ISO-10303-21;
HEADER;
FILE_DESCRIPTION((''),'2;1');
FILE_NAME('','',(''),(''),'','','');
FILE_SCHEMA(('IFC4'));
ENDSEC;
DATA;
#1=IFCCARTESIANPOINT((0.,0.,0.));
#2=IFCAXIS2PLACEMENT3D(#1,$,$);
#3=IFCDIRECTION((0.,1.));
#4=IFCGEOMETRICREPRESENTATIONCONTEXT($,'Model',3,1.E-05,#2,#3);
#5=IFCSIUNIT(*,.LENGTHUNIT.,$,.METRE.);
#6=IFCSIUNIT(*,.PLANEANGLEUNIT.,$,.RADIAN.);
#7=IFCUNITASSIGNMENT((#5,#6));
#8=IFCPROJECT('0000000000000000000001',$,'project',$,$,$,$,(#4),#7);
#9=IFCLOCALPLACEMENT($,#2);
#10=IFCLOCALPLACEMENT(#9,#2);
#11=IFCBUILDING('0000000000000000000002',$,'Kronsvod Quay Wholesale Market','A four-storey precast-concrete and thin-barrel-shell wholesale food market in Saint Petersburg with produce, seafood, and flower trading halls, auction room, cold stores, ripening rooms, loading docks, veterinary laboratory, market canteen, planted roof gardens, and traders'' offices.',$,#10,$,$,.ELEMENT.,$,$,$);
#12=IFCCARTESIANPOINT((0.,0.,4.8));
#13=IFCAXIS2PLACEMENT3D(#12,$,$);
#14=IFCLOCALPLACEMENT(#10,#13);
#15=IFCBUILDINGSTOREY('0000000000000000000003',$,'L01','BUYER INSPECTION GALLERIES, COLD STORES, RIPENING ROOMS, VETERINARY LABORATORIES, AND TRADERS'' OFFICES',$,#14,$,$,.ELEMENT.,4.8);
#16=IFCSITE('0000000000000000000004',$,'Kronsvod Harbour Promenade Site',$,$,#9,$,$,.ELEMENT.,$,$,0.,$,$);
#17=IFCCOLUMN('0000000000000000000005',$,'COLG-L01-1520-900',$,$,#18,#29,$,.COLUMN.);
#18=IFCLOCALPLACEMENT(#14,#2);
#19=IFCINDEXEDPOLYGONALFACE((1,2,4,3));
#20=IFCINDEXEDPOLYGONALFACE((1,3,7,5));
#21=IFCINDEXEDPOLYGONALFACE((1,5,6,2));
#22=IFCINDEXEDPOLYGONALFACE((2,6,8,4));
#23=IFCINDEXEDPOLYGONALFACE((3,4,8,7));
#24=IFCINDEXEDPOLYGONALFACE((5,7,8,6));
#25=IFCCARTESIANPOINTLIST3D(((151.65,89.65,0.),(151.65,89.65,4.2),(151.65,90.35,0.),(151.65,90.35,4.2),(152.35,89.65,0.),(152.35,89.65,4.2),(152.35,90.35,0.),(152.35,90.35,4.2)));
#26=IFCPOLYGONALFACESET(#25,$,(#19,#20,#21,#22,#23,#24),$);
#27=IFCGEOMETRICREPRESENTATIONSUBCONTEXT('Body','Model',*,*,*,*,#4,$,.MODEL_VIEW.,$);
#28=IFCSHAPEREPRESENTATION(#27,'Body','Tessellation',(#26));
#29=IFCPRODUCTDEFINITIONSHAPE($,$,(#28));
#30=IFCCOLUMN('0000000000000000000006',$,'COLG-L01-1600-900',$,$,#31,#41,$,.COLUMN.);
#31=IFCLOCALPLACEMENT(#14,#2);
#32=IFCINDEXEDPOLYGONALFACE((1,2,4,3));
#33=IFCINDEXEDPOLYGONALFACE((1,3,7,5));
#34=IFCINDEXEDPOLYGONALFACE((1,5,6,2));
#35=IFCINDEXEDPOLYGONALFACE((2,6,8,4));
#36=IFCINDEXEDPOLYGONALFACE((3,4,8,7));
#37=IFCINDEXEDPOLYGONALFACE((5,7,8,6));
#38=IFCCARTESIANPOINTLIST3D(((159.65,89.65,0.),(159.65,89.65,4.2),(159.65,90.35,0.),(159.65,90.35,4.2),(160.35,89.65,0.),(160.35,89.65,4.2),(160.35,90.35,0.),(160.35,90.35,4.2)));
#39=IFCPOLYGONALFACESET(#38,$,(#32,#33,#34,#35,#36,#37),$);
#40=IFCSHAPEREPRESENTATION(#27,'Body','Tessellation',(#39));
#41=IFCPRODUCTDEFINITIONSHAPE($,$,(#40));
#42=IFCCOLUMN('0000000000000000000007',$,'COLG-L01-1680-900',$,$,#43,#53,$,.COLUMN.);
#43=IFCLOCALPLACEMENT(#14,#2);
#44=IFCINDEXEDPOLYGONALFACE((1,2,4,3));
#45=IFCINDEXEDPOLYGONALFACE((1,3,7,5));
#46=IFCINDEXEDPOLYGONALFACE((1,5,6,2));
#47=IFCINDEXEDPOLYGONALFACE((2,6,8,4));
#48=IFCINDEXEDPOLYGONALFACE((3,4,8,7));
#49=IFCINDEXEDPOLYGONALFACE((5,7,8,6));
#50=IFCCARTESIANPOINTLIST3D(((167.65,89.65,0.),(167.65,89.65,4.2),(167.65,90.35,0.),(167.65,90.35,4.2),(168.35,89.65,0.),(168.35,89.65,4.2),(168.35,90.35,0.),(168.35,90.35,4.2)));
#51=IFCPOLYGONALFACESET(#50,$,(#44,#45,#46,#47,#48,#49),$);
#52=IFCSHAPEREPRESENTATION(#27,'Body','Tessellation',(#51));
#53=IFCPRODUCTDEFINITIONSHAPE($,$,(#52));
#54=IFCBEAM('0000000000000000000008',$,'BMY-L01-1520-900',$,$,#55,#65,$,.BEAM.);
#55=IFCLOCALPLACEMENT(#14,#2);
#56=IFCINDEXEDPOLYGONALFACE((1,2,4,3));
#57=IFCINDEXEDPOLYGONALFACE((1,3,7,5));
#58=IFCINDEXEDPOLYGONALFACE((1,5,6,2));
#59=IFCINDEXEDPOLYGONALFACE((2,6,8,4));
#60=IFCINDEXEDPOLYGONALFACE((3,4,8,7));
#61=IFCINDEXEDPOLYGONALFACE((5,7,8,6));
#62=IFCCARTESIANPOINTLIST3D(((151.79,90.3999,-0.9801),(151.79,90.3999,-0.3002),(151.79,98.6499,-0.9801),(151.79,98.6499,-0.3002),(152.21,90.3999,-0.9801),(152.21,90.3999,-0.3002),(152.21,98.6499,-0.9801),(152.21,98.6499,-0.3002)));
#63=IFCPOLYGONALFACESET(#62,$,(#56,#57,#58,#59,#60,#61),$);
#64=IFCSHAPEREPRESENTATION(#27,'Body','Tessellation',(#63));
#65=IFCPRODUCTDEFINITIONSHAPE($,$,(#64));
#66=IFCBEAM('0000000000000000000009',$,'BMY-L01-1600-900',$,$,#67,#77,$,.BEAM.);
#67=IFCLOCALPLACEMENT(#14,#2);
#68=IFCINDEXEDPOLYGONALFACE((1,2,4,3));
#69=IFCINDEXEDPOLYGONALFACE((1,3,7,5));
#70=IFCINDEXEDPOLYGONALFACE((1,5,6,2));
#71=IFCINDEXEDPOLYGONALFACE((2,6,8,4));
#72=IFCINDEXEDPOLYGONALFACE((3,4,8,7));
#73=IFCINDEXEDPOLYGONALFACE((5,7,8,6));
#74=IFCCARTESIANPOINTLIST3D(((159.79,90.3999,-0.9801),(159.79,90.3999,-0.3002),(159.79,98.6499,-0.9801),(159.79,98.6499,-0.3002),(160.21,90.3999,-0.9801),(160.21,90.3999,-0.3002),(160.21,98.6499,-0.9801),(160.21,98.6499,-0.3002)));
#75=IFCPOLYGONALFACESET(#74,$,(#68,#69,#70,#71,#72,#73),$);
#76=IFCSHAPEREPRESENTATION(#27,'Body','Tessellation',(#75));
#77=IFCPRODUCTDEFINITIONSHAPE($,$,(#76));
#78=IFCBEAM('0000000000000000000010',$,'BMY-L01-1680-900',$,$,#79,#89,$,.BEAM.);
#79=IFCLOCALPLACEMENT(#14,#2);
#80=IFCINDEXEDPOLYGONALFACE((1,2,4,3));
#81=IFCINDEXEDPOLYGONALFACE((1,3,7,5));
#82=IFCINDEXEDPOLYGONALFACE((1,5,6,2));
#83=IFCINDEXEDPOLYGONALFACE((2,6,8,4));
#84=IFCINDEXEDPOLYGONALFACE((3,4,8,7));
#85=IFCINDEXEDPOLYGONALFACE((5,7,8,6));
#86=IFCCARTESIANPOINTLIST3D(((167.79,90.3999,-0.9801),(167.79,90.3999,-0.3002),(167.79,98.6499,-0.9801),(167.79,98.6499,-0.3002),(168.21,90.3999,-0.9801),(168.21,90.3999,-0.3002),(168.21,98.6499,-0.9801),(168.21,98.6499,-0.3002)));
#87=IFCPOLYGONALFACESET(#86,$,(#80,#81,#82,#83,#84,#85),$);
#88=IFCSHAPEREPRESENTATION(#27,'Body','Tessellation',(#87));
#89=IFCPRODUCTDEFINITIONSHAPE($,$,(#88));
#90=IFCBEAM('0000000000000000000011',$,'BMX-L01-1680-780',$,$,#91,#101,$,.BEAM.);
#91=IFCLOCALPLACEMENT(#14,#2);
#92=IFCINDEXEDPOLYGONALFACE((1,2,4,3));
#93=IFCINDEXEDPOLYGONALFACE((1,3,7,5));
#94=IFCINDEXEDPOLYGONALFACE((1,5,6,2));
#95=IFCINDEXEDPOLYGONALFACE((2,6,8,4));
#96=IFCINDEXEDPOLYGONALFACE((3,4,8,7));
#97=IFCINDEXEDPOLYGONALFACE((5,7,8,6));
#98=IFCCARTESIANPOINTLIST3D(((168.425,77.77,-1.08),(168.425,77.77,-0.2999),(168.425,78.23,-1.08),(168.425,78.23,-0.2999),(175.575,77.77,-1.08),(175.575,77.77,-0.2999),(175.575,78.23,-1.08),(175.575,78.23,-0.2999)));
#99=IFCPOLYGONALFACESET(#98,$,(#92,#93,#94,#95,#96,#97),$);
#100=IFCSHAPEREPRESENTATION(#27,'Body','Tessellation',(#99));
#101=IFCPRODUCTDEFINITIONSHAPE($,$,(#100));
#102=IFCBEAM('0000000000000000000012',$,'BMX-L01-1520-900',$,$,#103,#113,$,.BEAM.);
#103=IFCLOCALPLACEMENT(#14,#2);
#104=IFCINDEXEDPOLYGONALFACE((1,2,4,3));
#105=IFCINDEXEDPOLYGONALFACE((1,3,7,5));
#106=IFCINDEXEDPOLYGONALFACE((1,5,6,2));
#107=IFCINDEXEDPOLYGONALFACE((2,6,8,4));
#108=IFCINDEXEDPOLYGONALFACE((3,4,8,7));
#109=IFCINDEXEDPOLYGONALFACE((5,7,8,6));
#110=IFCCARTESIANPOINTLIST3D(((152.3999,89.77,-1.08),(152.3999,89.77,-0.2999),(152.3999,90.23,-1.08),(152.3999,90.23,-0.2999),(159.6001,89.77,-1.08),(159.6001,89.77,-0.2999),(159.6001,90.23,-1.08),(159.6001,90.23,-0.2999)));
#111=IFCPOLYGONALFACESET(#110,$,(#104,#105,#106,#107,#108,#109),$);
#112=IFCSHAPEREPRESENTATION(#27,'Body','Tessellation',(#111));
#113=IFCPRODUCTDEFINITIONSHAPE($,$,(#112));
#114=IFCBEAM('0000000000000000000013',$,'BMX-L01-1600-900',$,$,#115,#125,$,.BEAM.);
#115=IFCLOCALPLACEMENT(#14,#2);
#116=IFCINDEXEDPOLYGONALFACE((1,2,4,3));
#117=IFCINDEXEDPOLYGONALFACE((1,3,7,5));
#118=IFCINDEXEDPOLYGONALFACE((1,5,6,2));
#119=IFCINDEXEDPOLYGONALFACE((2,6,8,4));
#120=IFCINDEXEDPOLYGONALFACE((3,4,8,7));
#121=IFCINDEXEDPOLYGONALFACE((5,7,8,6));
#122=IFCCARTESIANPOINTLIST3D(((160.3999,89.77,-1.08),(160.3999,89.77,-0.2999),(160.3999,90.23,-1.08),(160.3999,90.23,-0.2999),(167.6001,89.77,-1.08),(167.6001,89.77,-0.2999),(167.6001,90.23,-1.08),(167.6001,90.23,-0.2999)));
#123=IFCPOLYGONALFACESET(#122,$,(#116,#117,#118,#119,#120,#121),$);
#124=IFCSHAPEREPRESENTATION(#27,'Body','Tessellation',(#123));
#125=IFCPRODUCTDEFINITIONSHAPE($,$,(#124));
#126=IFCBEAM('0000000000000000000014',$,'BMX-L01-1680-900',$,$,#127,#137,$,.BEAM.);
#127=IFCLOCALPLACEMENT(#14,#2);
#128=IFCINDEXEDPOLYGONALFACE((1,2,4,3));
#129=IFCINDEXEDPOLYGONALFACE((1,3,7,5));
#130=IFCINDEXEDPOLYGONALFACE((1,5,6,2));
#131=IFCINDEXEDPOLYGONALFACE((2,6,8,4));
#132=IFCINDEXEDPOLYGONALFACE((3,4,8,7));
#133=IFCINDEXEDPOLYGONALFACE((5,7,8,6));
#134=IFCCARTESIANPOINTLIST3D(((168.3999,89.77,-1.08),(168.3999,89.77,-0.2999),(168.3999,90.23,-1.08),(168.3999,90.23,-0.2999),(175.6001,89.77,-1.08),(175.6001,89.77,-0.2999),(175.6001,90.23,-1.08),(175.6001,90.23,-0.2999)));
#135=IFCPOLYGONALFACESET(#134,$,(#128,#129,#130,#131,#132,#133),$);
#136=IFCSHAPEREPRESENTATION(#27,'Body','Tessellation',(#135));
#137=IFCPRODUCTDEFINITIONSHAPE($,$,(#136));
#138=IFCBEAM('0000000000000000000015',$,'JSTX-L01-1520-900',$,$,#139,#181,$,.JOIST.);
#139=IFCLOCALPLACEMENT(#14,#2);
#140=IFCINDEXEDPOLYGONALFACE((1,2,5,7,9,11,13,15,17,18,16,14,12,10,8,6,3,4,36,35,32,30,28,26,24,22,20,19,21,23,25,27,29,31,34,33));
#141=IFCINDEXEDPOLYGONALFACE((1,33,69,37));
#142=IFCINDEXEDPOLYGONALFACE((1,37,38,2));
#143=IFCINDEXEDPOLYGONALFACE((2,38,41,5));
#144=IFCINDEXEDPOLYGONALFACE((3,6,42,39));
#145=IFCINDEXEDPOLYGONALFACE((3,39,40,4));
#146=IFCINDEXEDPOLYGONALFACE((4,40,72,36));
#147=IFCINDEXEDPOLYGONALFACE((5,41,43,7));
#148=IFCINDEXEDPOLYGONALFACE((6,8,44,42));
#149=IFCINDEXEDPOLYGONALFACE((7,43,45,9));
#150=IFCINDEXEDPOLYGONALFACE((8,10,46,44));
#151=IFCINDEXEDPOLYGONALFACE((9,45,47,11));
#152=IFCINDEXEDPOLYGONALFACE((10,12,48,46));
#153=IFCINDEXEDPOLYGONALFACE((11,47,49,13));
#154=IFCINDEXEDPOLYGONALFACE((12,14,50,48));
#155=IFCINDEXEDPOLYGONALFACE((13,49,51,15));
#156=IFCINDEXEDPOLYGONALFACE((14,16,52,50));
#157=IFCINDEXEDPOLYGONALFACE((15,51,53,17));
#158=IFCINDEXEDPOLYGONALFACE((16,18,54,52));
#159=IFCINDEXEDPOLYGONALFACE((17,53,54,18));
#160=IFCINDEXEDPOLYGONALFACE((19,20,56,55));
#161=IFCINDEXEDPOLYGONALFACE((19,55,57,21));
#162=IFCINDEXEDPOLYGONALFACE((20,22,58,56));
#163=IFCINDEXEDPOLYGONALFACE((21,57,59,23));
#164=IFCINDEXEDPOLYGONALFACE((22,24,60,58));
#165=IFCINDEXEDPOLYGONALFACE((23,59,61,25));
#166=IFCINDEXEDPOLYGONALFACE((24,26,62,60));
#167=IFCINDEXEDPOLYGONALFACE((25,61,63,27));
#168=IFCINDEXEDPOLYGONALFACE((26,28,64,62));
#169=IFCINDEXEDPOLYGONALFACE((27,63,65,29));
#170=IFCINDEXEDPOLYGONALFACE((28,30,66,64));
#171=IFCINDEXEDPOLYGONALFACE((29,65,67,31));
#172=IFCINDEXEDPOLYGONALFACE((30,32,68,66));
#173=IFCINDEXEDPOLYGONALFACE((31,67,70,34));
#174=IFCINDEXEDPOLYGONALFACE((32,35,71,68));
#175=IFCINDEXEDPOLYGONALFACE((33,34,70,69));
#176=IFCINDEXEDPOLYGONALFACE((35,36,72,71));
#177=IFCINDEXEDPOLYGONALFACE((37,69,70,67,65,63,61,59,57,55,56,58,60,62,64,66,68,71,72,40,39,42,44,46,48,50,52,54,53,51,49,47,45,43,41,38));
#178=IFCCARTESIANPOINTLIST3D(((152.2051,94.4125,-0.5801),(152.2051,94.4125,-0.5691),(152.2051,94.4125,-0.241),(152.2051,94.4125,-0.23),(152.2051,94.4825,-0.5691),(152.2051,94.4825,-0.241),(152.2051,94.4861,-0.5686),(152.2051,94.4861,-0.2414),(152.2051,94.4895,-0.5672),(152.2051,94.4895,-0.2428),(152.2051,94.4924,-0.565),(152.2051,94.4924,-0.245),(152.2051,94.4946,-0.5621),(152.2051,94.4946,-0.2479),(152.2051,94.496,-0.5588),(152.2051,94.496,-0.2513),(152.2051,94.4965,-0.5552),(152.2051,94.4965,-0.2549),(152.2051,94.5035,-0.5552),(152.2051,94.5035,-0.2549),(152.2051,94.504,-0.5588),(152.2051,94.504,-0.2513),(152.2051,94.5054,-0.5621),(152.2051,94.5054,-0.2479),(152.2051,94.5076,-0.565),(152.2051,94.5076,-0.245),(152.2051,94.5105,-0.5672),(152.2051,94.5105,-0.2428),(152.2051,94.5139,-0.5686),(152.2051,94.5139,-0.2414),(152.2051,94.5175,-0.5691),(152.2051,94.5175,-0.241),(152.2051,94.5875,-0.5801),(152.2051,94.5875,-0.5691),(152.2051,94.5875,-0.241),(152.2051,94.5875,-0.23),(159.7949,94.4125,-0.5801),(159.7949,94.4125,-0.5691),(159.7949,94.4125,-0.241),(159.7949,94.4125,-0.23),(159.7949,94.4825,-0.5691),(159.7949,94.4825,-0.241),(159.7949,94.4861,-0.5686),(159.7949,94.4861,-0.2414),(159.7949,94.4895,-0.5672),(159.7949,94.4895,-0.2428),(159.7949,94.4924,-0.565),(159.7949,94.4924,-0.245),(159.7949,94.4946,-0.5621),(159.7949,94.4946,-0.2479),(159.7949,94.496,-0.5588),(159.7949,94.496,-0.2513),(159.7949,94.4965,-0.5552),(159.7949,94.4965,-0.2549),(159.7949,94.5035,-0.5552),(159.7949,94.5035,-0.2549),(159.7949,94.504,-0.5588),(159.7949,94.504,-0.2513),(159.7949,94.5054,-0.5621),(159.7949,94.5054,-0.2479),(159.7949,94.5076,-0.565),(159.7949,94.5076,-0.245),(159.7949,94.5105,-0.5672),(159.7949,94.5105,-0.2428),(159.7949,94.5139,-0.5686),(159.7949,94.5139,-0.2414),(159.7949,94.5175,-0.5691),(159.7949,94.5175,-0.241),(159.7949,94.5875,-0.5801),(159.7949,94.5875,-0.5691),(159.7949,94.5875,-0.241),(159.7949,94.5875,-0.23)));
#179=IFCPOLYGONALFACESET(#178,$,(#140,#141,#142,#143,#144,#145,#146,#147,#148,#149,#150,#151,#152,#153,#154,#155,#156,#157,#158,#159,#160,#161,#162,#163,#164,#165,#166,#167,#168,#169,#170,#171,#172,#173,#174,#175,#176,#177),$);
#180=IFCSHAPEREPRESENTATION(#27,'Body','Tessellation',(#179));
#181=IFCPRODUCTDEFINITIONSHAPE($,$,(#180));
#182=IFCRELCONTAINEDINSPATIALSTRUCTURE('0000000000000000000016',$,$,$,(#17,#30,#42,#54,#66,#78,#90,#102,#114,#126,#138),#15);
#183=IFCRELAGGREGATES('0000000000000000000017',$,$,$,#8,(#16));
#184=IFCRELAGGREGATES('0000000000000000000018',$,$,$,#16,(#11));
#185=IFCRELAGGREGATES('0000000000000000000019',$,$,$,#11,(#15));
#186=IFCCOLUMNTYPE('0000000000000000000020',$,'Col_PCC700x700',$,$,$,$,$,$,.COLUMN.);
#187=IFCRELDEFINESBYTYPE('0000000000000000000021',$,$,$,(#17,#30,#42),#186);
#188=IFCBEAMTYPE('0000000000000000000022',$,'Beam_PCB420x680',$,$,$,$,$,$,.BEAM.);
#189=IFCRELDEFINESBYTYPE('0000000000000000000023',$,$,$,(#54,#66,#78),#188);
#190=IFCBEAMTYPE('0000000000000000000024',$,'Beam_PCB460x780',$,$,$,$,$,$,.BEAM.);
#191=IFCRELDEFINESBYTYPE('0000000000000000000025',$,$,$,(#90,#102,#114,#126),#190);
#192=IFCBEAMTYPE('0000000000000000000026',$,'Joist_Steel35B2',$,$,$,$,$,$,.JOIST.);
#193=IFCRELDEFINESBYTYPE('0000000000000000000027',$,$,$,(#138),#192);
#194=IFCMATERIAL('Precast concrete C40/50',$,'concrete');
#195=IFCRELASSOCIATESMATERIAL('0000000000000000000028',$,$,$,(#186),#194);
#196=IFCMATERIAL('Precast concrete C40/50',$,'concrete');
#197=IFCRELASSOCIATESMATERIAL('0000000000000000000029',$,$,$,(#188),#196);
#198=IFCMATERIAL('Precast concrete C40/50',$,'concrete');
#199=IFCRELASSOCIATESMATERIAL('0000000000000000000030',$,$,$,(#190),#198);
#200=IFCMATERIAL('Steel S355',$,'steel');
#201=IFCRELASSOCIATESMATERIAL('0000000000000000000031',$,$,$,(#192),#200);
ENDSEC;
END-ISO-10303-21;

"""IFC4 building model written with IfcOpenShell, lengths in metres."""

from ifc_helpers import new_model, si_unit, direction, frame, origin, origin_2d, place, context, subcontext, project, spatial, rectangle, i_section, extrude, material, material_profile, profile_set, type_object, element, save


model = new_model("IFC4")

# Units and contexts
model_context = context("Model", 3, precision=1e-05, world=origin(), true_north=direction((0.0, 1.0)))
body_context = subcontext(model_context, "Body", "Model", "MODEL_VIEW")
ifc_project = project(units=[si_unit("LENGTHUNIT", "METRE"), si_unit("PLANEANGLEUNIT", "RADIAN")], contexts=[model_context])

# Site, building, storey
site_placement = place(None, origin())
site = spatial("IfcSite", under=ifc_project, at=site_placement, Name="Kronsvod Harbour Promenade Site", CompositionType="ELEMENT", RefElevation=0.0)
building_placement = place(site_placement, origin())
building = spatial("IfcBuilding", under=site, at=building_placement, Name="Kronsvod Quay Wholesale Market", Description="A four-storey precast-concrete and thin-barrel-shell wholesale food market in Saint Petersburg with produce, seafood, and flower trading halls, auction room, cold stores, ripening rooms, loading docks, veterinary laboratory, market canteen, planted roof gardens, and traders' offices.", CompositionType="ELEMENT")
storey_placement = place(building_placement, frame((0.0, 0.0, 4.8)))
storey = spatial("IfcBuildingStorey", under=building, at=storey_placement, Name="L01", Description="BUYER INSPECTION GALLERIES, COLD STORES, RIPENING ROOMS, VETERINARY LABORATORIES, AND TRADERS' OFFICES", CompositionType="ELEMENT", Elevation=4.8)

# Columns
ifc_material_1 = material(Name="Precast concrete C40/50", Category="concrete")
ifc_material_profile_1 = material_profile(ifc_material_1, rectangle(XDim=0.7, YDim=0.7, at=origin_2d()), Name="PCC700x700")
ifc_profile_set_1 = profile_set([ifc_material_profile_1], Name="Precast concrete C40/50")
column_type = type_object("IfcColumnType", Name="Col_PCC700x700", PredefinedType="COLUMN", material=ifc_profile_set_1)
for number, where, z_axis, x_axis, name in (
    (1, (152.0, 90.0, 0.0), (0.0, 0.0, 1.0), (1.0, 0.0, 0.0), "COLG-L01-1520-900"),
    (2, (160.0, 90.0, 0.0), (0.0, 0.0, 1.0), (1.0, 0.0, 0.0), "COLG-L01-1600-900"),
    (3, (168.0, 90.0, 0.0), (0.0, 0.0, 1.0), (1.0, 0.0, 0.0), "COLG-L01-1680-900"),
):
    element("IfcColumn", number, at=place(storey_placement, frame(where, z_axis=z_axis, x_axis=x_axis)), inside=storey, type_object=column_type, Name=name, PredefinedType="COLUMN", context=body_context, shape_type="SweptSolid", body=[
        extrude(rectangle(XDim=0.7, YDim=0.7, at=origin_2d()), origin(), (0.0, 0.0, 1.0), 4.2),
    ])

# Beams
ifc_material_2 = material(Name="Precast concrete C40/50", Category="concrete")
ifc_material_profile_2 = material_profile(ifc_material_2, rectangle(XDim=0.4199, YDim=0.6799, at=origin_2d()), Name="PB-05")
ifc_profile_set_2 = profile_set([ifc_material_profile_2], Name="Precast concrete C40/50")
beam_type_1 = type_object("IfcBeamType", Name="Beam_PCB420x680", PredefinedType="BEAM", material=ifc_profile_set_2)
for number, where, z_axis, x_axis, name in (
    (4, (152.0, 90.3999, -0.6401), (0.0, 1.0, 0.0), (-1.0, 0.0, 0.0), "BMY-L01-1520-900"),
    (5, (160.0, 90.3999, -0.6401), (0.0, 1.0, 0.0), (-1.0, 0.0, 0.0), "BMY-L01-1600-900"),
    (6, (168.0, 90.3999, -0.6401), (0.0, 1.0, 0.0), (-1.0, 0.0, 0.0), "BMY-L01-1680-900"),
):
    element("IfcBeam", number, at=place(storey_placement, frame(where, z_axis=z_axis, x_axis=x_axis)), inside=storey, type_object=beam_type_1, Name=name, PredefinedType="BEAM", context=body_context, shape_type="SweptSolid", body=[
        extrude(rectangle(XDim=0.4199, YDim=0.6799, at=origin_2d()), origin(), (0.0, 0.0, 1.0), 8.25),
    ])
ifc_material_3 = material(Name="Precast concrete C40/50", Category="concrete")
ifc_material_profile_3 = material_profile(ifc_material_3, rectangle(XDim=0.46, YDim=0.78, at=origin_2d()), Name="PB-03")
ifc_profile_set_3 = profile_set([ifc_material_profile_3], Name="Precast concrete C40/50")
beam_type_2 = type_object("IfcBeamType", Name="Beam_PCB460x780", PredefinedType="BEAM", material=ifc_profile_set_3)
beam_placement = place(storey_placement, frame((168.425, 78.0, -0.6899), z_axis=(1.0, 0.0, 0.0), x_axis=(0.0, 1.0, 0.0)))
element("IfcBeam", 7, at=beam_placement, inside=storey, type_object=beam_type_2, Name="BMX-L01-1680-780", PredefinedType="BEAM", context=body_context, shape_type="SweptSolid", body=[
    extrude(rectangle(XDim=0.46, YDim=0.78, at=origin_2d()), origin(), (0.0, 0.0, 1.0), 7.1499),
])
for number, where, z_axis, x_axis, name in (
    (8, (152.3999, 90.0, -0.6899), (1.0, 0.0, 0.0), (0.0, 1.0, 0.0), "BMX-L01-1520-900"),
    (9, (160.3999, 90.0, -0.6899), (1.0, 0.0, 0.0), (0.0, 1.0, 0.0), "BMX-L01-1600-900"),
    (10, (168.3999, 90.0, -0.6899), (1.0, 0.0, 0.0), (0.0, 1.0, 0.0), "BMX-L01-1680-900"),
):
    element("IfcBeam", number, at=place(storey_placement, frame(where, z_axis=z_axis, x_axis=x_axis)), inside=storey, type_object=beam_type_2, Name=name, PredefinedType="BEAM", context=body_context, shape_type="SweptSolid", body=[
        extrude(rectangle(XDim=0.46, YDim=0.78, at=origin_2d()), origin(), (0.0, 0.0, 1.0), 7.2002),
    ])
ifc_material_4 = material(Name="Steel S355", Category="steel")
ifc_material_profile_4 = material_profile(ifc_material_4, i_section(OverallWidth=0.175, OverallDepth=0.3501, WebThickness=0.0071, FlangeThickness=0.011, FilletRadius=0.0139, at=origin_2d()), Name="35B2")
ifc_profile_set_4 = profile_set([ifc_material_profile_4], Name="Steel S355")
beam_type_3 = type_object("IfcBeamType", Name="Joist_Steel35B2", PredefinedType="JOIST", material=ifc_profile_set_4)
for number, where, z_axis, x_axis, name in (
    (11, (152.2051, 94.5, -0.405), (1.0, 0.0, 0.0), (0.0, 1.0, 0.0), "JSTX-L01-1520-900"),
):
    element("IfcBeam", number, at=place(storey_placement, frame(where, z_axis=z_axis, x_axis=x_axis)), inside=storey, type_object=beam_type_3, Name=name, PredefinedType="JOIST", context=body_context, shape_type="SweptSolid", body=[
        extrude(i_section(OverallWidth=0.175, OverallDepth=0.3501, WebThickness=0.0071, FlangeThickness=0.011, FilletRadius=0.0139, at=origin_2d()), origin(), (0.0, 0.0, 1.0), 7.5898),
    ])

save(model, "model.ifc")
